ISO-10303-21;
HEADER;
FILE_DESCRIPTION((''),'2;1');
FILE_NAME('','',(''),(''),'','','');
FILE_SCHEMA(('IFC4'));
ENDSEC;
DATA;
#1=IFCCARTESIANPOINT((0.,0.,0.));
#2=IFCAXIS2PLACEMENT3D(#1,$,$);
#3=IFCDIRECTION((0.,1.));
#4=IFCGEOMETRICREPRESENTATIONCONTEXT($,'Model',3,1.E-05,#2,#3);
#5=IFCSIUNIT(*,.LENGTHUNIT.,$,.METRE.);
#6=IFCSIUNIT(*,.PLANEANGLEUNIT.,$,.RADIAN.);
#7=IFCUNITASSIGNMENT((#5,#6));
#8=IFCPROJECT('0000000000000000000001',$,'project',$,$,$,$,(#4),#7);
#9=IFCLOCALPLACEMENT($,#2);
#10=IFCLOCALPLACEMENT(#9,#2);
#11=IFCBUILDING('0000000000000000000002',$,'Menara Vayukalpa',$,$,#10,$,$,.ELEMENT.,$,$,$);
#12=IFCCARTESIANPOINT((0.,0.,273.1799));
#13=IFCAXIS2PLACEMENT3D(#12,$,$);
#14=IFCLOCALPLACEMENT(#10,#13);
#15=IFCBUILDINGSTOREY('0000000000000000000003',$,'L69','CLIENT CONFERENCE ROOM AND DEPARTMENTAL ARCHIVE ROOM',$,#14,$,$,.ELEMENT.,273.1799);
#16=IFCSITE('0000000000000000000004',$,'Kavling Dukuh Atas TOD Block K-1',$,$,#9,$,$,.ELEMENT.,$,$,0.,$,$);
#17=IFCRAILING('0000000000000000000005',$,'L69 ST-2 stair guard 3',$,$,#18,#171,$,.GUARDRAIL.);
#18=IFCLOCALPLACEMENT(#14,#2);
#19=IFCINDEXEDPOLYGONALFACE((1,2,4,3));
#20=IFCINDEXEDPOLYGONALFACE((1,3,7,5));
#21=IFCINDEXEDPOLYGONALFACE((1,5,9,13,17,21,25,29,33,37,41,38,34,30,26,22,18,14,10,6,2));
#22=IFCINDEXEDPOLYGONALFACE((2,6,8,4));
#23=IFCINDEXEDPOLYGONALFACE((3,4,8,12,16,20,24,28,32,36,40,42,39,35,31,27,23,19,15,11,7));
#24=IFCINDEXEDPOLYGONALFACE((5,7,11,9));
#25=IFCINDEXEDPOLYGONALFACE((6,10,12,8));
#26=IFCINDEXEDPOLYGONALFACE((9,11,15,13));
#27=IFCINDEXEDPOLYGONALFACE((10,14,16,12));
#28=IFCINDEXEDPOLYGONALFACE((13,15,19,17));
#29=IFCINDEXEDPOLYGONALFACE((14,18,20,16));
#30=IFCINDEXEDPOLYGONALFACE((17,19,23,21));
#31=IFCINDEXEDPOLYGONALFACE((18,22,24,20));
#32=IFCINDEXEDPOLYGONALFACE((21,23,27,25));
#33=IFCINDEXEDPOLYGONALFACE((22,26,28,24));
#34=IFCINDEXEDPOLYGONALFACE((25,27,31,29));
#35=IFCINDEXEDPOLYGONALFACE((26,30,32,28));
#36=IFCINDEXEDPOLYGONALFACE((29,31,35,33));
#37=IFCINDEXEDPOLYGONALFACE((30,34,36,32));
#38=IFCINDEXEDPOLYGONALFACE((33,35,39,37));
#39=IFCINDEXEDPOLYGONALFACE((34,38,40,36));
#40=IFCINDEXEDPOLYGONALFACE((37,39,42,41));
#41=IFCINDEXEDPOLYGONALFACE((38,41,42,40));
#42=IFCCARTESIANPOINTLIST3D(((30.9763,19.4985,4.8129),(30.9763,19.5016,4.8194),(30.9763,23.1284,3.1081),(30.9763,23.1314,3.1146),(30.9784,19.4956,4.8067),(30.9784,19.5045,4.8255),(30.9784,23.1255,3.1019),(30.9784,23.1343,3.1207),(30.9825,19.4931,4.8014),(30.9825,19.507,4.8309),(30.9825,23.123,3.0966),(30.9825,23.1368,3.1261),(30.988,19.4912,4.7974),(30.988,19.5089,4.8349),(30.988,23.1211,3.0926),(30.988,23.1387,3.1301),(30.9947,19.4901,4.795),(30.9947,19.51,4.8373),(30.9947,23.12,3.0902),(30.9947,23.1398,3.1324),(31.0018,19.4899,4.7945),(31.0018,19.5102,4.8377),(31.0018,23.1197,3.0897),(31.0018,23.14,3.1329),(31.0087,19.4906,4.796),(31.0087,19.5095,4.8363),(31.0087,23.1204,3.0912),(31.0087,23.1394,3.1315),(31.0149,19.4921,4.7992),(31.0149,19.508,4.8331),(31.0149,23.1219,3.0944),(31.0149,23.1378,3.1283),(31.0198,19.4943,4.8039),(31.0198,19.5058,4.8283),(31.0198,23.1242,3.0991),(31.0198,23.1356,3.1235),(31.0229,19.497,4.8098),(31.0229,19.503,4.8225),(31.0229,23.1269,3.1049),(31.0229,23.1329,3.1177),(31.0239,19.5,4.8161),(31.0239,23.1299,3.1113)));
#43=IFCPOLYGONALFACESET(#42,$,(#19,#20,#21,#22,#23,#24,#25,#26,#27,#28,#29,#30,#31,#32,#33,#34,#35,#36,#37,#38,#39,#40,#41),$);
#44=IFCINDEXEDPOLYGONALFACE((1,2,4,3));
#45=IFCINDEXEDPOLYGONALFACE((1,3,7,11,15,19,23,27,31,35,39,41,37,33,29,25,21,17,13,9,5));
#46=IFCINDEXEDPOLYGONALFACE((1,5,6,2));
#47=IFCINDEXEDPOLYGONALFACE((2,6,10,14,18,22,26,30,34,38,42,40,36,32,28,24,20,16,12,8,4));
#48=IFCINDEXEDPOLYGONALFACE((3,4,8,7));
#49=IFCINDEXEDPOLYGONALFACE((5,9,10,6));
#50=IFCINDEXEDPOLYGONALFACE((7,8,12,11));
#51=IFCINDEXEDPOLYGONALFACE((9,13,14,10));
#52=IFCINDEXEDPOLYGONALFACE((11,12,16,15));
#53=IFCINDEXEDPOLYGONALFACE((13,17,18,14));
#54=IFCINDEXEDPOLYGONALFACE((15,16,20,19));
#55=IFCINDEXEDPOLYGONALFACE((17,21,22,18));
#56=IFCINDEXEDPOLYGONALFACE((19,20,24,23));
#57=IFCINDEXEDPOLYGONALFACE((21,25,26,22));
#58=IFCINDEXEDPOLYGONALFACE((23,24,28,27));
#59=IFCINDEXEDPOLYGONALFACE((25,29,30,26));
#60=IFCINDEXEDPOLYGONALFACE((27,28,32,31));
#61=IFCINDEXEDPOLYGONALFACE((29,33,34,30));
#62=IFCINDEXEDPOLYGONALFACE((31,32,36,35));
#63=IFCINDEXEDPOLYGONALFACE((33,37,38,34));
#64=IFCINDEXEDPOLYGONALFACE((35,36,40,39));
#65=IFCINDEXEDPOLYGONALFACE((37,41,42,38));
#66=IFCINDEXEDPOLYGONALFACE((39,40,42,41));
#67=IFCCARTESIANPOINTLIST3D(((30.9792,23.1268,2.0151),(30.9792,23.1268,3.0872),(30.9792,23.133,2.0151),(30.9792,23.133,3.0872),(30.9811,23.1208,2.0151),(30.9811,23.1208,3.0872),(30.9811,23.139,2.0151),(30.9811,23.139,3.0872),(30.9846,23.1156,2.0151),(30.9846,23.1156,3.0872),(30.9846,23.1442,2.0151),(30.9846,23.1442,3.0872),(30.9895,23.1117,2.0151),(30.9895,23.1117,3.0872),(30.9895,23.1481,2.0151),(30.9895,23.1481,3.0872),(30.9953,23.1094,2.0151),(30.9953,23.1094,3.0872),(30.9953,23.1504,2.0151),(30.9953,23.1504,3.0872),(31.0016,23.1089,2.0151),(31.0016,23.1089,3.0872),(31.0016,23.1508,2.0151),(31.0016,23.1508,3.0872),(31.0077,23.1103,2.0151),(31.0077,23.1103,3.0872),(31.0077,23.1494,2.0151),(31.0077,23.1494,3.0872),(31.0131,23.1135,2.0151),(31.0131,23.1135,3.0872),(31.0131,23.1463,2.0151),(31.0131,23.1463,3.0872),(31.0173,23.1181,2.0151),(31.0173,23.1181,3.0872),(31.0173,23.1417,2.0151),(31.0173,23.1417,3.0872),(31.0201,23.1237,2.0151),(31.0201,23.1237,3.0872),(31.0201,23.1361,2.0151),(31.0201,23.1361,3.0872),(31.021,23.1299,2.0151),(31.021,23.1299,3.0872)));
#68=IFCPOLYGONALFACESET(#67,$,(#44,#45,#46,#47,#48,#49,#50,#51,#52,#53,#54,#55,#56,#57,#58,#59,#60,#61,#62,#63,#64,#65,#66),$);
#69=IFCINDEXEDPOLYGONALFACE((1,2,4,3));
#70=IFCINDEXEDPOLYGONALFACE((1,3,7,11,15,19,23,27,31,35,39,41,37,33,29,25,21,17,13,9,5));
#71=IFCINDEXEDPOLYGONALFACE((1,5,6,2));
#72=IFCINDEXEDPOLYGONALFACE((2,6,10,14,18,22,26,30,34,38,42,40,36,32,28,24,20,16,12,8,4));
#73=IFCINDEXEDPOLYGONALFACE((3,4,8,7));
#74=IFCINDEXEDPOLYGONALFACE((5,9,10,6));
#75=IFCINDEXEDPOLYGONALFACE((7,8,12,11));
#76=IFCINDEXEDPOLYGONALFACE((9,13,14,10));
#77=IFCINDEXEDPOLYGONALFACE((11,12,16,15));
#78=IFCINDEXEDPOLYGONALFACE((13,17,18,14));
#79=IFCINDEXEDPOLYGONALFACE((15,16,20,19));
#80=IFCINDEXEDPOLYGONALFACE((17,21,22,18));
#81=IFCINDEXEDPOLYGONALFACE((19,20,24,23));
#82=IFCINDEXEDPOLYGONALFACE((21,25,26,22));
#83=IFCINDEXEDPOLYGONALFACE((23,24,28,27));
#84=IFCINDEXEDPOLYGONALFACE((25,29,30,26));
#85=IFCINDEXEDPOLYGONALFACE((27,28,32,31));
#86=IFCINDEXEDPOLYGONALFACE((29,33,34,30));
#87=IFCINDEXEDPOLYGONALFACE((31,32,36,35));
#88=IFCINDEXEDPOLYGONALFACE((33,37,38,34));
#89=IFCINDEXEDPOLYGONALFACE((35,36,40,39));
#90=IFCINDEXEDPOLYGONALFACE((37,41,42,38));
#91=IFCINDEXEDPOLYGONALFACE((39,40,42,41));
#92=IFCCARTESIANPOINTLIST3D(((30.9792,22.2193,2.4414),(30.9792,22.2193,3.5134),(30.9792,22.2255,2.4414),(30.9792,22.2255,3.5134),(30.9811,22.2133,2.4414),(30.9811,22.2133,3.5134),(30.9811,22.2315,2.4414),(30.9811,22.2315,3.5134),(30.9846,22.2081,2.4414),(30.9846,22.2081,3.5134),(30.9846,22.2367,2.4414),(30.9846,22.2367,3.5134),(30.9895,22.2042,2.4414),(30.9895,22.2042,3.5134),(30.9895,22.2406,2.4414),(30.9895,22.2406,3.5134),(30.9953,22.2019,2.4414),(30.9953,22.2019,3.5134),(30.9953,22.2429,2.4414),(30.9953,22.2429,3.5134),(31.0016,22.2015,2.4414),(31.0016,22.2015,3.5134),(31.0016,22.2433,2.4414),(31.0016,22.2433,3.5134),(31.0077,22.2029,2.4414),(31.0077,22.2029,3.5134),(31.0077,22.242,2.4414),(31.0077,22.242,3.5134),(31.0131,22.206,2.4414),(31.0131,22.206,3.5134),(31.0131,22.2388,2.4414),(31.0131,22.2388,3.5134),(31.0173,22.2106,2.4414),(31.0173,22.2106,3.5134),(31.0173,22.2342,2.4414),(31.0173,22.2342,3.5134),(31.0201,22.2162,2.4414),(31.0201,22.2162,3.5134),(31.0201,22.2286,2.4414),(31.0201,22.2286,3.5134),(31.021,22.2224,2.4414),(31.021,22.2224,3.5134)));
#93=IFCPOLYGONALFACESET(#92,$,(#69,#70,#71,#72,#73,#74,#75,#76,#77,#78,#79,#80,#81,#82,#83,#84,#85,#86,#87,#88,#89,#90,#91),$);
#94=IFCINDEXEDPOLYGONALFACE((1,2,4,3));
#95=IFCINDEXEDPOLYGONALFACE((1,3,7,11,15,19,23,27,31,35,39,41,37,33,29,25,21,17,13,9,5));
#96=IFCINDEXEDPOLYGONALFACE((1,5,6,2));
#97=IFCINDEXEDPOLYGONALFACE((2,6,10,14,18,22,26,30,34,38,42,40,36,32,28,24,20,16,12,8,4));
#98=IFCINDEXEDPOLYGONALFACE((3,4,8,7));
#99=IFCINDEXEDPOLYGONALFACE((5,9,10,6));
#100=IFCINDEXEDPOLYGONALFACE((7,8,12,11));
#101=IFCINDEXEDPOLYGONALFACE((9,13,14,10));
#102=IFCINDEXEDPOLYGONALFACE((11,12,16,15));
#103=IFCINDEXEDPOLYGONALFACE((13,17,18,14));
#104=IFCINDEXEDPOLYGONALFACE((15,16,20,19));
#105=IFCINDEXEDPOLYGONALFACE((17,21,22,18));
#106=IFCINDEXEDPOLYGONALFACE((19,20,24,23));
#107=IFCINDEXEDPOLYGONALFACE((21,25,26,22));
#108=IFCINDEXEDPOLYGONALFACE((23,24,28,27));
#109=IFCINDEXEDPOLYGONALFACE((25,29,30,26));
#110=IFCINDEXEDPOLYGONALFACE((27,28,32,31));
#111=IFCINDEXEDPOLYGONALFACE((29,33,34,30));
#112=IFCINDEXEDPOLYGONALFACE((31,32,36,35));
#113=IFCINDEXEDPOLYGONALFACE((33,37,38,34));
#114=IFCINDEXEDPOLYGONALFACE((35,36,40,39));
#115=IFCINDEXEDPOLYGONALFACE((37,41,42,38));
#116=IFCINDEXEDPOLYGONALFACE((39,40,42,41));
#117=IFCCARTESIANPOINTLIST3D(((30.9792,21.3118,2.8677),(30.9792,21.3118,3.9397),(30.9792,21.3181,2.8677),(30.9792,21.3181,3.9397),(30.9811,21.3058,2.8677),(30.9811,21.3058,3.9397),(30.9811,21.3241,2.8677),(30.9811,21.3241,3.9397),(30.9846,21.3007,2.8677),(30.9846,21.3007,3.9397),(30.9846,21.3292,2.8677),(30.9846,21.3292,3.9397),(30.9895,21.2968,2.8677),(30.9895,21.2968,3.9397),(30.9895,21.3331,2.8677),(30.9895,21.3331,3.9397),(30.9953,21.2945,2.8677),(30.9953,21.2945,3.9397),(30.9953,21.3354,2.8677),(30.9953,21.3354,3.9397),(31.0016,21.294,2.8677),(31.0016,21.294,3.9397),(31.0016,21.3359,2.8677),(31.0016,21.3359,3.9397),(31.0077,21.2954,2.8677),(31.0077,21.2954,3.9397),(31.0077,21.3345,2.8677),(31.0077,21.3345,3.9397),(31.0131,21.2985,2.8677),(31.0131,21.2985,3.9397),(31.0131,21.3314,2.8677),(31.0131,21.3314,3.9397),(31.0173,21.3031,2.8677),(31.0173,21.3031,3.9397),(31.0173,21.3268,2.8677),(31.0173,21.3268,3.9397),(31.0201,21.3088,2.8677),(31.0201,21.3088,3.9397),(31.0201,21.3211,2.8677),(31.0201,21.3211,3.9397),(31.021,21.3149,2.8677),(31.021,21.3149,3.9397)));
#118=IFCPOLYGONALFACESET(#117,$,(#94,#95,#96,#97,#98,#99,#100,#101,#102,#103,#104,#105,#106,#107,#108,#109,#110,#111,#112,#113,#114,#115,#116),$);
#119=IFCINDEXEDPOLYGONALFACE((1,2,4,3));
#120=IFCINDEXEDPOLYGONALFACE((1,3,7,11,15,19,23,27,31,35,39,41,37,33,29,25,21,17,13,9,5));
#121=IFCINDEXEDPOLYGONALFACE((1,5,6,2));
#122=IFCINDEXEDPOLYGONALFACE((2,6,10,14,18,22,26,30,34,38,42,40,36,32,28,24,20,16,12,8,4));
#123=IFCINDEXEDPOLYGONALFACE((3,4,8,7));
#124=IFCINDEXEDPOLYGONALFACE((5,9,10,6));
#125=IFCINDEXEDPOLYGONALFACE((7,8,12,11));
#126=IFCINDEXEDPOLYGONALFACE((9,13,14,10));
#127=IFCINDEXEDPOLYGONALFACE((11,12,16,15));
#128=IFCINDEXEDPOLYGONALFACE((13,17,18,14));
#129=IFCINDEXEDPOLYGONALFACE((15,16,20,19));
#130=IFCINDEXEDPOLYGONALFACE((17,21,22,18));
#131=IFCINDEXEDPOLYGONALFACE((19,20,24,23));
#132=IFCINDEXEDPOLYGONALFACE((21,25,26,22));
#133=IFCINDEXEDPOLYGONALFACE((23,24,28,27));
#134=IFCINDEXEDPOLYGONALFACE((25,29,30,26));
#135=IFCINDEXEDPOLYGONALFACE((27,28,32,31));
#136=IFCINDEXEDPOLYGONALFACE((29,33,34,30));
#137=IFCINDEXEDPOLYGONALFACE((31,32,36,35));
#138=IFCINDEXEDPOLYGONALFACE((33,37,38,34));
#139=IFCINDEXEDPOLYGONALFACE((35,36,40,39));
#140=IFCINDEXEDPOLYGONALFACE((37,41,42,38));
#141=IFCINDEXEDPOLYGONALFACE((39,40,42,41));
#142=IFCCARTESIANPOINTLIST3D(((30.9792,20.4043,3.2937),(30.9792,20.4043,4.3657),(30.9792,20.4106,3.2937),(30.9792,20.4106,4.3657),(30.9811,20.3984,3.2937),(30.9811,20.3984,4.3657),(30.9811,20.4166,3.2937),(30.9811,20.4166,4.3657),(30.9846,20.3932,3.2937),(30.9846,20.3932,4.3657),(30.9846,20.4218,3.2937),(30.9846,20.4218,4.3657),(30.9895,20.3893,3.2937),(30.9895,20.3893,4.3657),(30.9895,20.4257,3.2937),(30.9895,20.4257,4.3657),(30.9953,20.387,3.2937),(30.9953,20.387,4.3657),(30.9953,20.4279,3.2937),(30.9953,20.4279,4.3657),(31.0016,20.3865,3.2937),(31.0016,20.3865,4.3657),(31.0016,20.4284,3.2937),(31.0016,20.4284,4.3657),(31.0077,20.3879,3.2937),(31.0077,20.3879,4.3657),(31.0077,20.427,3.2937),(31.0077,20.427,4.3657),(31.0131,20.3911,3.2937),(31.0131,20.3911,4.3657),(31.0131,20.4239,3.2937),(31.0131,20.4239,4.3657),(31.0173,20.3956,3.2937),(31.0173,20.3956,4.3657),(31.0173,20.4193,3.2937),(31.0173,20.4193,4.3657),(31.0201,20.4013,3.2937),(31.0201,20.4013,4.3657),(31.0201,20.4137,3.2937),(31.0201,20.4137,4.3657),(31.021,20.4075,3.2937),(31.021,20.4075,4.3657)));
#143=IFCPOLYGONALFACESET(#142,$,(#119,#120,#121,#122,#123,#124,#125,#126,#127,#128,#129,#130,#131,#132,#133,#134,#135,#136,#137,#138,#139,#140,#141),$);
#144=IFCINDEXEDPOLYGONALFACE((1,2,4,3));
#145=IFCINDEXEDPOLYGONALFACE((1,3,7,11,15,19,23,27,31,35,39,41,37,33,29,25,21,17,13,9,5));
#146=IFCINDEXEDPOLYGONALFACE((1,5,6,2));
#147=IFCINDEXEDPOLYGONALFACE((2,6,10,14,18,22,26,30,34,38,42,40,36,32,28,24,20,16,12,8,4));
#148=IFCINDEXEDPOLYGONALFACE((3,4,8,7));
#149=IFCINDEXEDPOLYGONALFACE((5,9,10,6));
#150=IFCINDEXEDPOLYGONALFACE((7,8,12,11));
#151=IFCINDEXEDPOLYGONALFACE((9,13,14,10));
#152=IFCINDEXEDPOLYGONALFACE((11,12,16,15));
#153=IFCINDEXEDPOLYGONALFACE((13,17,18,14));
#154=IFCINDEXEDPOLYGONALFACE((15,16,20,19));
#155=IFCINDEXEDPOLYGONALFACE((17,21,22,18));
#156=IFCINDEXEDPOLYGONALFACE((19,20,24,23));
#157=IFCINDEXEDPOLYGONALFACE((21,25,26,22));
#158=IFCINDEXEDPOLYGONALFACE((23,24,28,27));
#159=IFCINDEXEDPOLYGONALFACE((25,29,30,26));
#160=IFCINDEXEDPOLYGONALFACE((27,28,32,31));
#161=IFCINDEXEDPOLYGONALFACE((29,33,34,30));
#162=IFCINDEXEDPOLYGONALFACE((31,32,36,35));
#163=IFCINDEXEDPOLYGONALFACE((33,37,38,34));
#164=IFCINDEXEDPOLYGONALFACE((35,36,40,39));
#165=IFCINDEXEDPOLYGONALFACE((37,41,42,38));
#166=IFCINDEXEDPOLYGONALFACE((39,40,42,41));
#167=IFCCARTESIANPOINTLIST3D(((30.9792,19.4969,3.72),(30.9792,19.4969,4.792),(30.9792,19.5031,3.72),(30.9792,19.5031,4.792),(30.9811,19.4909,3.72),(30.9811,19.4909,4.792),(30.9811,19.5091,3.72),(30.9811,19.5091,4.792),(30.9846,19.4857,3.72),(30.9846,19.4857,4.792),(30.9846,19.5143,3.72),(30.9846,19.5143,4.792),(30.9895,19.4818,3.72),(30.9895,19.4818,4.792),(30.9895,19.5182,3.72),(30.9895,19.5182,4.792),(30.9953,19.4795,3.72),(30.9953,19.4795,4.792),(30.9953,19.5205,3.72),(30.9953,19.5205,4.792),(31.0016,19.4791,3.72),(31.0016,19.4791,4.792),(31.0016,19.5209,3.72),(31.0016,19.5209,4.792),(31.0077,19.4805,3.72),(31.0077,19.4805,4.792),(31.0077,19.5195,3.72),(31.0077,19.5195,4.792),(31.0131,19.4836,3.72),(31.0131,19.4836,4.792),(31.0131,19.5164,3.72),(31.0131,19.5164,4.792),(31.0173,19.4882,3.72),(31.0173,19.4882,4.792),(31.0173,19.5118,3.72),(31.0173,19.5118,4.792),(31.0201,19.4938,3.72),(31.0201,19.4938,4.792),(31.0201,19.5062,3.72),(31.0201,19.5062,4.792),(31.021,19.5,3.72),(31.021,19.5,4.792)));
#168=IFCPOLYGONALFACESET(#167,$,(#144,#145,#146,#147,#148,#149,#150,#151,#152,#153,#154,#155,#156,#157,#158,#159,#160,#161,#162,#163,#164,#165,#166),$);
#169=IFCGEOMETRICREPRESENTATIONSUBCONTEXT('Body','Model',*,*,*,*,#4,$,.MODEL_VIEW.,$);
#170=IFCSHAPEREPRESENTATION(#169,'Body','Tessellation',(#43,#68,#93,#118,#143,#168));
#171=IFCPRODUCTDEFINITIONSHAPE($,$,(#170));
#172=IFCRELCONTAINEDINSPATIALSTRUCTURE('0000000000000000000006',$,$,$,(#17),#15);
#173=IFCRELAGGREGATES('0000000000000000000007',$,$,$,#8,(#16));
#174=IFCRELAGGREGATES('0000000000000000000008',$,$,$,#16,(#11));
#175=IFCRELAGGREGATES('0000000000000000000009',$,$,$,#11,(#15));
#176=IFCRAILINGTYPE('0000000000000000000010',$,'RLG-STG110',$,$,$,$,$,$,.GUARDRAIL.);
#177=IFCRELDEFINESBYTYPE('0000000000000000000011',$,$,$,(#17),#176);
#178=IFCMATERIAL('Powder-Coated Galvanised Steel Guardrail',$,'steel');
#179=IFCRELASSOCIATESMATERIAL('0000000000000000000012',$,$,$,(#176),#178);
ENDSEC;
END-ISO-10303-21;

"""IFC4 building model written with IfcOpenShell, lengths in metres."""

from ifc_helpers import new_model, si_unit, direction, frame, origin, origin_2d, place, context, subcontext, project, spatial, circle, extrude, material, type_object, element, save


model = new_model("IFC4")

# Units and contexts
model_context = context("Model", 3, precision=1e-05, world=origin(), true_north=direction((0.0, 1.0)))
body_context = subcontext(model_context, "Body", "Model", "MODEL_VIEW")
ifc_project = project(units=[si_unit("LENGTHUNIT", "METRE"), si_unit("PLANEANGLEUNIT", "RADIAN")], contexts=[model_context])

# Site, building, storey
site_placement = place(None, origin())
site = spatial("IfcSite", under=ifc_project, at=site_placement, Name="Kavling Dukuh Atas TOD Block K-1", CompositionType="ELEMENT", RefElevation=0.0)
building_placement = place(site_placement, origin())
building = spatial("IfcBuilding", under=site, at=building_placement, Name="Menara Vayukalpa", CompositionType="ELEMENT")
storey_placement = place(building_placement, frame((0.0, 0.0, 273.1799)))
storey = spatial("IfcBuildingStorey", under=building, at=storey_placement, Name="L69", Description="CLIENT CONFERENCE ROOM AND DEPARTMENTAL ARCHIVE ROOM", CompositionType="ELEMENT", Elevation=273.1799)

# Railing
ifc_material_1 = material(Name="Powder-Coated Galvanised Steel Guardrail", Category="steel")
railing_type_1 = type_object("IfcRailingType", Name="RLG-STG110", PredefinedType="GUARDRAIL", material=ifc_material_1)
railing_1_placement = place(storey_placement, frame((31.0, 23.1299, 2.0151)))
element("IfcRailing", 1, at=railing_1_placement, inside=storey, type_object=railing_type_1, Name="L69 ST-2 stair guard 3", PredefinedType="GUARDRAIL", context=body_context, shape_type="SweptSolid", body=[
    extrude(circle(Radius=0.0239, at=origin_2d()), frame((0.0, 0.0, 1.0962), z_axis=(0.0, -0.90514, 0.425114), x_axis=(1.0, 0.0, 0.0)), (0.0, 0.0, 1.0), 4.0103),
    extrude(circle(Radius=0.021, at=origin_2d()), origin(), (0.0, 0.0, 1.0), 1.072),
    extrude(circle(Radius=0.021, at=origin_2d()), frame((0.0, -0.9075, 0.4263)), (0.0, 0.0, 1.0), 1.072),
    extrude(circle(Radius=0.021, at=origin_2d()), frame((0.0, -1.8149, 0.8525)), (0.0, 0.0, 1.0), 1.072),
    extrude(circle(Radius=0.021, at=origin_2d()), frame((0.0, -2.7224, 1.2786)), (0.0, 0.0, 1.0), 1.072),
    extrude(circle(Radius=0.021, at=origin_2d()), frame((0.0, -3.6299, 1.7048)), (0.0, 0.0, 1.0), 1.072),
])

save(model, "model.ifc")
